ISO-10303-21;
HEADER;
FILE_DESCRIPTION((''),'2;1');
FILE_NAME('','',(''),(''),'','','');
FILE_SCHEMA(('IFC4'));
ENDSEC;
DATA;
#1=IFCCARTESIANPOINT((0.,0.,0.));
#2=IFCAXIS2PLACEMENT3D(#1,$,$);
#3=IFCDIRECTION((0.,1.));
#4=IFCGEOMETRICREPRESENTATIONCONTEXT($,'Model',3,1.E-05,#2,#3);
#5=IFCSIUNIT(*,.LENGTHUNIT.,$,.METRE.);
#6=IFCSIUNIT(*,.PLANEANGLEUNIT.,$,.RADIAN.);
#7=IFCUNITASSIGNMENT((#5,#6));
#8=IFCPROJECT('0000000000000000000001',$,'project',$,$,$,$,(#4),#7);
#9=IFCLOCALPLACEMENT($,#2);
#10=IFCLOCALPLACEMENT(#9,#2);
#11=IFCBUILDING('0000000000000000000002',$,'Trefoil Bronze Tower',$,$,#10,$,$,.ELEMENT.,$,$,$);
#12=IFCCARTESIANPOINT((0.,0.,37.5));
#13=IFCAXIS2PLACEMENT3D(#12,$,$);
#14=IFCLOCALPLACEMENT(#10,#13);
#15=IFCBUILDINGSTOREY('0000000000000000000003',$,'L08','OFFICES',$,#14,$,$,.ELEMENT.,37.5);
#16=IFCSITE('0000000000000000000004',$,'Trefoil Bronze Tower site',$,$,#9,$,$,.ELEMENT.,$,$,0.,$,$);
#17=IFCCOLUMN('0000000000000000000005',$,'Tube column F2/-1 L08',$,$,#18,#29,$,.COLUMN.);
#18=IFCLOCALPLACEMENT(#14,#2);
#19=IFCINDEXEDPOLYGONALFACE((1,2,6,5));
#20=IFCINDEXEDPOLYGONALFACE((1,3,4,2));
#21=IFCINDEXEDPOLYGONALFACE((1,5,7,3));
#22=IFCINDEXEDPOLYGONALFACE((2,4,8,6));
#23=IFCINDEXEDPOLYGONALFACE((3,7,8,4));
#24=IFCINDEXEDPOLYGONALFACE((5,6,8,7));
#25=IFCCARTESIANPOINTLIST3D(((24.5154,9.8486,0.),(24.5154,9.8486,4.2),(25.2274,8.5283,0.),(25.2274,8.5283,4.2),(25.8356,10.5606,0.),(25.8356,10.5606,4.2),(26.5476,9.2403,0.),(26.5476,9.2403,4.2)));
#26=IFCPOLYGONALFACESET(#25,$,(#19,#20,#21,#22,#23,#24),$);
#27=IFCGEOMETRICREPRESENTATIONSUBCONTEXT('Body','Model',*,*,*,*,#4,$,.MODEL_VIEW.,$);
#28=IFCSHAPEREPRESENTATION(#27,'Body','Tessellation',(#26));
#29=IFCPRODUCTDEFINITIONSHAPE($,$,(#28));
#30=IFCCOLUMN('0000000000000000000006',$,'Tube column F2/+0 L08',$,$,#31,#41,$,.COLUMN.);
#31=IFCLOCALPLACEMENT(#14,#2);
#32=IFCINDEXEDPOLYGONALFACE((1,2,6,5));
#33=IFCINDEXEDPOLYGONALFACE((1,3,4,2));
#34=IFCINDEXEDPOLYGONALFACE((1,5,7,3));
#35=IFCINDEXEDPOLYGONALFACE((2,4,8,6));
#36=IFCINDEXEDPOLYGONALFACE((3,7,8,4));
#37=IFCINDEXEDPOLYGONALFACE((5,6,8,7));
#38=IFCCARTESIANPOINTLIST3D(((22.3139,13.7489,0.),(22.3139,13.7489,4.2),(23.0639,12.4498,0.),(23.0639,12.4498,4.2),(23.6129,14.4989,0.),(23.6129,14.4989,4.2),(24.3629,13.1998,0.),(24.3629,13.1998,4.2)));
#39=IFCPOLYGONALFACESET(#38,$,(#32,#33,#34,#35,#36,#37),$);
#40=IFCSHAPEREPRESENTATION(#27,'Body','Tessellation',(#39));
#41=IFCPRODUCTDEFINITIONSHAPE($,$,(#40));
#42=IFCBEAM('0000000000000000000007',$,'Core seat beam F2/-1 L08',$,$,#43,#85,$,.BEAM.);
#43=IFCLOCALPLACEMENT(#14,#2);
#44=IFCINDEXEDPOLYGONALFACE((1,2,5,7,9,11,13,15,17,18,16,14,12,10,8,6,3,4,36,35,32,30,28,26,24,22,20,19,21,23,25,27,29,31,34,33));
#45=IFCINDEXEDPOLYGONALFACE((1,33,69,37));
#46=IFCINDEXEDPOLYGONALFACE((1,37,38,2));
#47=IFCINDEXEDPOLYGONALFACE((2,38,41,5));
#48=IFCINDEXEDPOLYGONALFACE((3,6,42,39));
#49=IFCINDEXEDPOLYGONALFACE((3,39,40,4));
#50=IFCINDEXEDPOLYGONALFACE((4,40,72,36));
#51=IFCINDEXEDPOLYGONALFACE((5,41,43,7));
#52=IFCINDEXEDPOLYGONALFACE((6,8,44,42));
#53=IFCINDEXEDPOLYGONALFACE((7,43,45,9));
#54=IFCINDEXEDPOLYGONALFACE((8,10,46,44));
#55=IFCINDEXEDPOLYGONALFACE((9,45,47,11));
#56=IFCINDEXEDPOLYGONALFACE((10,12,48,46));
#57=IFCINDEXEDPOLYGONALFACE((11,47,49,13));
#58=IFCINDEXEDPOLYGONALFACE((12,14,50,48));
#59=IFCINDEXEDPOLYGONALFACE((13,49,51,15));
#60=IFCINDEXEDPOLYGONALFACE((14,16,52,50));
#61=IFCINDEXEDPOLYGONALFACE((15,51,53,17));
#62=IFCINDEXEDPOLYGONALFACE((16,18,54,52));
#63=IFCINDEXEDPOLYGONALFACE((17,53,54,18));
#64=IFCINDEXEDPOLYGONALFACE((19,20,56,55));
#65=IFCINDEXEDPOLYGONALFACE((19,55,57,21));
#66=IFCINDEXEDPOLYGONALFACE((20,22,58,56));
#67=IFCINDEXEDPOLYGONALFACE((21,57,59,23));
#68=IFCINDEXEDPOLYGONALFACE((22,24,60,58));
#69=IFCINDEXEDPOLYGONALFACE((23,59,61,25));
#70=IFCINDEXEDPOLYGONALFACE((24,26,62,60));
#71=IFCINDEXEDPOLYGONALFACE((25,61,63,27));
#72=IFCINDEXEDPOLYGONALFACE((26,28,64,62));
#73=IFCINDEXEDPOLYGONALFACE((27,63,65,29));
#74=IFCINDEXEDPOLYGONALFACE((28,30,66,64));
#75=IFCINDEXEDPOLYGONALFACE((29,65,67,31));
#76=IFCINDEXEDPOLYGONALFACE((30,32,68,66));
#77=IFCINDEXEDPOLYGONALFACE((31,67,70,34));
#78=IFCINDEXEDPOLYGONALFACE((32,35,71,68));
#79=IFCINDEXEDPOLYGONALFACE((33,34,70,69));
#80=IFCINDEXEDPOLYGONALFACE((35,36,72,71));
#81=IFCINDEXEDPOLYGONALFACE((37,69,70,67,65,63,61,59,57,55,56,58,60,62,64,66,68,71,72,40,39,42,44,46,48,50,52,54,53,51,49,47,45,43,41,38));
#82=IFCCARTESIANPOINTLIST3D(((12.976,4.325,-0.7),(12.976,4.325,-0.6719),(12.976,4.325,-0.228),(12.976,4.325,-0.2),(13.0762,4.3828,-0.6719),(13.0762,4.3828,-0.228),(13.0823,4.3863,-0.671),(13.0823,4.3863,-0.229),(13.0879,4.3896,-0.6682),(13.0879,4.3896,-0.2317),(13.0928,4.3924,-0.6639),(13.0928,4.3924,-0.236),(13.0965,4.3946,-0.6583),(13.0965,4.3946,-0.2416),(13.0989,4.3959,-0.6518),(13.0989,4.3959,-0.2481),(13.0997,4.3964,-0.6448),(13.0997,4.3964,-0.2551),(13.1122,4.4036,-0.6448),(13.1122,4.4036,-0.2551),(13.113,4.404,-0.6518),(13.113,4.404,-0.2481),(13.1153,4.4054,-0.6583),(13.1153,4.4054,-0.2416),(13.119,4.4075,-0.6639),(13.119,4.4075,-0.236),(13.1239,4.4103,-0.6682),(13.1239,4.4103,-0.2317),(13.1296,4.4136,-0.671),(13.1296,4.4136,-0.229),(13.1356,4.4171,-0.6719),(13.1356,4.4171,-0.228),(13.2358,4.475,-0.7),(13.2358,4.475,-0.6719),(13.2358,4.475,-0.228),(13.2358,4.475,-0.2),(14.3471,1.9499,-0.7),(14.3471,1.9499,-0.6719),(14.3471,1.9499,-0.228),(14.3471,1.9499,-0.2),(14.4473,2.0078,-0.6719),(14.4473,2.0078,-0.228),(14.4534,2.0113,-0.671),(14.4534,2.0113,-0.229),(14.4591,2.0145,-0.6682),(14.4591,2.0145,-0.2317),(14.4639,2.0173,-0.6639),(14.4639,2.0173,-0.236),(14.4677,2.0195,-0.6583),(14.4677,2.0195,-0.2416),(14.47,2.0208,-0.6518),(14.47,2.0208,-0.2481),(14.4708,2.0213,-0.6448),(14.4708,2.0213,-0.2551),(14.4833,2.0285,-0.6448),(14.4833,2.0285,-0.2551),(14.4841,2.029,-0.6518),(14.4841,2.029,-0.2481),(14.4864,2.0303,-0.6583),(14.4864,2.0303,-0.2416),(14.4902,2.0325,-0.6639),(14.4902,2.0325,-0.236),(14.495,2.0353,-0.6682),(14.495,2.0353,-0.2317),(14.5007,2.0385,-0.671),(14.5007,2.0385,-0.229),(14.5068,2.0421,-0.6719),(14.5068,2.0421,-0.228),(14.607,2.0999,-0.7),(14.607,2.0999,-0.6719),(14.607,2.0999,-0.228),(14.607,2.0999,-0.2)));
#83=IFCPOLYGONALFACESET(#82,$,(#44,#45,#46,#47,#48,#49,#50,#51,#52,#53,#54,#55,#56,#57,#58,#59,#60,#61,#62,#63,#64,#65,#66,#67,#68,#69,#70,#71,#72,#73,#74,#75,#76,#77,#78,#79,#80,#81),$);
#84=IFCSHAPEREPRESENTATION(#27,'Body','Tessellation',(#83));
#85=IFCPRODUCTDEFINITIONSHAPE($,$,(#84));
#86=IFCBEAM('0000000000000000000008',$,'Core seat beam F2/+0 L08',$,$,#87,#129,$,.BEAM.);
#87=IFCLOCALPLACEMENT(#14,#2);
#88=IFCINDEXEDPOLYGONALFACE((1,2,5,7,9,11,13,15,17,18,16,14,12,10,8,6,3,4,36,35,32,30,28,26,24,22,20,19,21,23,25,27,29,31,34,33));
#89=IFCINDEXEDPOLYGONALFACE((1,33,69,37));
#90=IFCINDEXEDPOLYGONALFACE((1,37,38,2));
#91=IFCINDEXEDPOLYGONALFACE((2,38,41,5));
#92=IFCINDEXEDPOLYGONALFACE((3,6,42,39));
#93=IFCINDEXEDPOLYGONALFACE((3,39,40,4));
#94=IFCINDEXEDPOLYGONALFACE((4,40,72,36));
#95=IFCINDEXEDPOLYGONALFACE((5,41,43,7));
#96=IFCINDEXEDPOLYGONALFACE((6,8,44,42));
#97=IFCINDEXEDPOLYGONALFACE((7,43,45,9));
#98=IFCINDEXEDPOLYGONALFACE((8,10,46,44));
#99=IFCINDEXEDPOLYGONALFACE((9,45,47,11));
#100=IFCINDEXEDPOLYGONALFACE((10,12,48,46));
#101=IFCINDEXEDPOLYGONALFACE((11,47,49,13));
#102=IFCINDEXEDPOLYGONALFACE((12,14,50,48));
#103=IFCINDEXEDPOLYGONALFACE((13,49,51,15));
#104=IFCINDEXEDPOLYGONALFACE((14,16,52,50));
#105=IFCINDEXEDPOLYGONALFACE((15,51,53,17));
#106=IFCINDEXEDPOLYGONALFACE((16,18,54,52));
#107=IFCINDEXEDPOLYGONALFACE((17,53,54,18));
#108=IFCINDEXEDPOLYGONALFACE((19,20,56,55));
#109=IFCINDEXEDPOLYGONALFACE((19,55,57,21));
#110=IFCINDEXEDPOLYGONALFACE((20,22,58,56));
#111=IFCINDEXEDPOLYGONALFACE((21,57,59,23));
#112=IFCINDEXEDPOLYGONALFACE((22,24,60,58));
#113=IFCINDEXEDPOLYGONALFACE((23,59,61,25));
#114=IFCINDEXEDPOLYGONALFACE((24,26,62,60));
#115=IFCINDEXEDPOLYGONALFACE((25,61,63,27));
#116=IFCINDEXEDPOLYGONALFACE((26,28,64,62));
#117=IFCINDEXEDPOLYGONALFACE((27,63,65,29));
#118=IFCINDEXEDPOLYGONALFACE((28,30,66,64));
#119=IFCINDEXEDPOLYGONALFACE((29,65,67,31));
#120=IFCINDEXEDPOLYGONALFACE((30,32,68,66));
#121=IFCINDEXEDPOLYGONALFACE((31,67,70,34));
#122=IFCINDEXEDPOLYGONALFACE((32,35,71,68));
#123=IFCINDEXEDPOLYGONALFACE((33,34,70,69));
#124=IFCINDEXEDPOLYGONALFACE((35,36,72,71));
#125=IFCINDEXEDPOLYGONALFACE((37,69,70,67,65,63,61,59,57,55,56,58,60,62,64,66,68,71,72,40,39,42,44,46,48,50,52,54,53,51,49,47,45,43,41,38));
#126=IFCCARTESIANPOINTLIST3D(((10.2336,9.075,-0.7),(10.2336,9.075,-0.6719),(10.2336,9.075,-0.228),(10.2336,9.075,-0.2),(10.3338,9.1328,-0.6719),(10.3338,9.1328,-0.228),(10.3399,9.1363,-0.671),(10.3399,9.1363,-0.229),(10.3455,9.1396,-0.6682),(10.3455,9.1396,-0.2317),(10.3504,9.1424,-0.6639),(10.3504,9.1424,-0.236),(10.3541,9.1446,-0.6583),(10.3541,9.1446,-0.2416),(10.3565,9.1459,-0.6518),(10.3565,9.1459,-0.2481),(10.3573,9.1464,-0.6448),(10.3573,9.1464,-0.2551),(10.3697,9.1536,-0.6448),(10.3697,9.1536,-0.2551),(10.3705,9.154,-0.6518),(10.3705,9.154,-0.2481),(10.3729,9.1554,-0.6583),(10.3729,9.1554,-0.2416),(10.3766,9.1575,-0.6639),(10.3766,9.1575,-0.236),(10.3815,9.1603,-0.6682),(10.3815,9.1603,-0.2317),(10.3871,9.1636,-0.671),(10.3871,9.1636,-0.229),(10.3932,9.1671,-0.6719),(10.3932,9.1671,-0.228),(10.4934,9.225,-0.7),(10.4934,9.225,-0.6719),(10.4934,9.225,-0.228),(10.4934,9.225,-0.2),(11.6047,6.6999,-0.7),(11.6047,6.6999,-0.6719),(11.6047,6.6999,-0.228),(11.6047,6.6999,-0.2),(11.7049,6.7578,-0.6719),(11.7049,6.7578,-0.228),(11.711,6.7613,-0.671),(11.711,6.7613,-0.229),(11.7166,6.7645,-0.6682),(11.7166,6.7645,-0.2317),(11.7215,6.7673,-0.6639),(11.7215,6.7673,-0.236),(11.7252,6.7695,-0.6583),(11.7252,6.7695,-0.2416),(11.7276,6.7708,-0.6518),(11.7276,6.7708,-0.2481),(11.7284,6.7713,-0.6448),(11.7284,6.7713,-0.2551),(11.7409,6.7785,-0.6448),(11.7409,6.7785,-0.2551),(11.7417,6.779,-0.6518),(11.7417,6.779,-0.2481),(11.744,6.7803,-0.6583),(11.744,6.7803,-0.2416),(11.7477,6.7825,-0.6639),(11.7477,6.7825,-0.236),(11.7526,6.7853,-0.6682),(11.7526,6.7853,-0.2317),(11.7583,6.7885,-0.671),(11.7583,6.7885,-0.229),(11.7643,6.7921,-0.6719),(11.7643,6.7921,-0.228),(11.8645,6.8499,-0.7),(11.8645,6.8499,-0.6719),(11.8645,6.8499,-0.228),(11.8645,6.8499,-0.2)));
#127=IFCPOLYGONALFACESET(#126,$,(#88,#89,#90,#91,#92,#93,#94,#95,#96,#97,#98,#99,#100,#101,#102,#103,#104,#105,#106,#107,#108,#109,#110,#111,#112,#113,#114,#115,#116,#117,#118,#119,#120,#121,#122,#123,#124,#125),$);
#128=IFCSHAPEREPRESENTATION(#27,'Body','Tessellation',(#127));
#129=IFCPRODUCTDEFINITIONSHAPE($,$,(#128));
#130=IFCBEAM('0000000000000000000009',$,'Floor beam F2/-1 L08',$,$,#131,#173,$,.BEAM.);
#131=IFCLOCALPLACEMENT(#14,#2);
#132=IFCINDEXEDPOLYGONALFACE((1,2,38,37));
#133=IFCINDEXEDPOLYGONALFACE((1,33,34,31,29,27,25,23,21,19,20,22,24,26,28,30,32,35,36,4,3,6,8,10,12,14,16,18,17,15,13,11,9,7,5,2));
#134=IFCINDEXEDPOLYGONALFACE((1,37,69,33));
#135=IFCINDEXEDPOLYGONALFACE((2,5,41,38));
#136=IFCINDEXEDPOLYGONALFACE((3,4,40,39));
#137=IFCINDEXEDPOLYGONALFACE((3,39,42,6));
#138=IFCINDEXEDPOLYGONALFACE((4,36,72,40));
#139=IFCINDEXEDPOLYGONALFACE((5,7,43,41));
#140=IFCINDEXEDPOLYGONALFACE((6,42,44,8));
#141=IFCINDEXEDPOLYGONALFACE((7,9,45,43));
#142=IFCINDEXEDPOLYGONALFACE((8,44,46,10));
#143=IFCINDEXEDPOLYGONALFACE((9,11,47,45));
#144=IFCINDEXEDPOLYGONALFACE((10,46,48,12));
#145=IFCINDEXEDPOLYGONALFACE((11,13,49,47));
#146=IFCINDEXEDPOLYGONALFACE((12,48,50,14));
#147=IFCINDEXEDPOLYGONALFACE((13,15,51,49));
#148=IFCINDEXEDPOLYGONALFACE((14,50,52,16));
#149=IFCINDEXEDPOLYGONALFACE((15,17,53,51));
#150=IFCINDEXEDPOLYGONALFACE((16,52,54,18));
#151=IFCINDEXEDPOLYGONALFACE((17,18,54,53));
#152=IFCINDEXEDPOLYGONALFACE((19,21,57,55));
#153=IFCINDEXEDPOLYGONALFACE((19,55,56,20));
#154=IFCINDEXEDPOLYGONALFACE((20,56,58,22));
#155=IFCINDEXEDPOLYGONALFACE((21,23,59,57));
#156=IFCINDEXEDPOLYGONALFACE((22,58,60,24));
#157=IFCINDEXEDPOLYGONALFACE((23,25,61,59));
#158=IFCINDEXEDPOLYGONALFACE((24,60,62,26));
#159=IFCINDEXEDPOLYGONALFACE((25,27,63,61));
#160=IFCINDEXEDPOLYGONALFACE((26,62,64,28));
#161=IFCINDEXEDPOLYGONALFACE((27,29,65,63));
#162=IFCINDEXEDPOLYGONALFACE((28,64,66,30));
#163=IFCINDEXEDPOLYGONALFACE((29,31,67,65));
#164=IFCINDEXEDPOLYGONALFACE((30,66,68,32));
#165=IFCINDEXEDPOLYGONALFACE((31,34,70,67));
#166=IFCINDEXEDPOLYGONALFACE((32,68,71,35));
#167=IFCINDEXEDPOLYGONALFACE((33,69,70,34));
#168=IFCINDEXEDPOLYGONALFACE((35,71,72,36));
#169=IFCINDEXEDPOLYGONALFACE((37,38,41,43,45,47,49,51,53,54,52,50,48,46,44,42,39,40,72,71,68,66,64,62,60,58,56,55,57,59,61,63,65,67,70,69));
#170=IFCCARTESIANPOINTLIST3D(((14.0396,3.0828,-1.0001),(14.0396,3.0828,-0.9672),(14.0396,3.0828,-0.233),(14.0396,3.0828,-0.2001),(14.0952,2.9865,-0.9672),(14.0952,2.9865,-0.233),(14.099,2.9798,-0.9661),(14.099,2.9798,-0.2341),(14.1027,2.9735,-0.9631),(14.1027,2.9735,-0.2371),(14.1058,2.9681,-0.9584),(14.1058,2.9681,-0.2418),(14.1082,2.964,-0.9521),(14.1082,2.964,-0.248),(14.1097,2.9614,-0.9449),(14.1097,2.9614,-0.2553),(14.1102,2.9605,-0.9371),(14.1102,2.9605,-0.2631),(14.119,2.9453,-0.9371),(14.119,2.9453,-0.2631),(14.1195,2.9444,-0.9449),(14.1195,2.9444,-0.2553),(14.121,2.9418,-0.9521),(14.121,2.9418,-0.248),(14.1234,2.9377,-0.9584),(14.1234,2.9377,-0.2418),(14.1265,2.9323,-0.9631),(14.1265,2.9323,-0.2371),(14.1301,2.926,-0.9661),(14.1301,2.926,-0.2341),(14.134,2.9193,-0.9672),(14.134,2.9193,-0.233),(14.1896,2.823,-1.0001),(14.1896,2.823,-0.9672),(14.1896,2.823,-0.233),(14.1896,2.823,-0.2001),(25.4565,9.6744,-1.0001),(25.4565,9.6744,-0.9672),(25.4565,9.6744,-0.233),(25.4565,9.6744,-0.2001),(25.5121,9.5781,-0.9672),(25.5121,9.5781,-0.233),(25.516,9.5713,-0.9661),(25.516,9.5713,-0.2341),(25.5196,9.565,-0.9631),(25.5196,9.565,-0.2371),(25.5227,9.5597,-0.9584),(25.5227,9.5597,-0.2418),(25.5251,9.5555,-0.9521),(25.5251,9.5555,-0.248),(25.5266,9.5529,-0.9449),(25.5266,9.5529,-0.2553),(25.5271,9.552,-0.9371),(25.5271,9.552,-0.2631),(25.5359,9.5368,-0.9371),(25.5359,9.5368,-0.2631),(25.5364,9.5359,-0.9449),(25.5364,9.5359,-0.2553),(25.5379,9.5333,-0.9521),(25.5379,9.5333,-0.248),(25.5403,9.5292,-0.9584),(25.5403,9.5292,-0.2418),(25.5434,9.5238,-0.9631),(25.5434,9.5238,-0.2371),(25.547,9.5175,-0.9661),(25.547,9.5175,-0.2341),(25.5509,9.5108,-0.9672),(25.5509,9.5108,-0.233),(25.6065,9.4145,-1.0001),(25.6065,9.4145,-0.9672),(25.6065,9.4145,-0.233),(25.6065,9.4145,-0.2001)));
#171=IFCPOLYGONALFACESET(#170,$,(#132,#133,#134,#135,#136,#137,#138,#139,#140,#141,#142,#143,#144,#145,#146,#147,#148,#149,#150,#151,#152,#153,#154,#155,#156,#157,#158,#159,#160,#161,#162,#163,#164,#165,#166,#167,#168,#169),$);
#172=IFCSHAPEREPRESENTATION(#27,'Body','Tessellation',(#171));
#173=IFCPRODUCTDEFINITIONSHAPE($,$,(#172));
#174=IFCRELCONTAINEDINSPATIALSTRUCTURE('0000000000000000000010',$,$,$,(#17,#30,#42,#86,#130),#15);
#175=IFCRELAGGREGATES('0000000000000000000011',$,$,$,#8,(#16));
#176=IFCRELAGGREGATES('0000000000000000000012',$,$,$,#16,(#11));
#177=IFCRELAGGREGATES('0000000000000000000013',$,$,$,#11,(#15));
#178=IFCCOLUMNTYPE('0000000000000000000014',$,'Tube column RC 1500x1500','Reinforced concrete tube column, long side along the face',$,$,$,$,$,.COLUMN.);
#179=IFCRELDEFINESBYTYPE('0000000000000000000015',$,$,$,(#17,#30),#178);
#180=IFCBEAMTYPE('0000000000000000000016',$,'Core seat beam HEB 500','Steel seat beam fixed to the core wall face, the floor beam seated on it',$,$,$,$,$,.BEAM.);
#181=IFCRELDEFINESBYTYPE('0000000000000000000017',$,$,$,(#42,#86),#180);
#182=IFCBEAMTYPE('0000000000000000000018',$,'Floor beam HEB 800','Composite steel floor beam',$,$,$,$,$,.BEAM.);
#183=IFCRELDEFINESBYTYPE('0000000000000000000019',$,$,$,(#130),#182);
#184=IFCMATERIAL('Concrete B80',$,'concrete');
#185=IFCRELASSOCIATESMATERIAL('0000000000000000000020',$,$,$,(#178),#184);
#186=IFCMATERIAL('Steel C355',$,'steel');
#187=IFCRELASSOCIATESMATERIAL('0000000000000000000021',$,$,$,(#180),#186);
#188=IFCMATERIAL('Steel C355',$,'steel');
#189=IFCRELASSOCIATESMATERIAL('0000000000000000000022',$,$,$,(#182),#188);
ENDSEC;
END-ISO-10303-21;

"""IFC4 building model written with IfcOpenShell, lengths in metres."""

from ifc_helpers import new_model, si_unit, direction, frame, origin, origin_2d, place, context, subcontext, project, spatial, rectangle, i_section, extrude, material, material_profile, profile_set, type_object, element, save


model = new_model("IFC4")

# Units and contexts
model_context = context("Model", 3, precision=1e-05, world=origin(), true_north=direction((0.0, 1.0)))
body_context = subcontext(model_context, "Body", "Model", "MODEL_VIEW")
ifc_project = project(units=[si_unit("LENGTHUNIT", "METRE"), si_unit("PLANEANGLEUNIT", "RADIAN")], contexts=[model_context])

# Site, building, storey
site_placement = place(None, origin())
site = spatial("IfcSite", under=ifc_project, at=site_placement, Name="Trefoil Bronze Tower site", CompositionType="ELEMENT", RefElevation=0.0)
building_placement = place(site_placement, origin())
building = spatial("IfcBuilding", under=site, at=building_placement, Name="Trefoil Bronze Tower", CompositionType="ELEMENT")
storey_placement = place(building_placement, frame((0.0, 0.0, 37.5)))
storey = spatial("IfcBuildingStorey", under=building, at=storey_placement, Name="L08", Description="OFFICES", CompositionType="ELEMENT", Elevation=37.5)

# Columns
ifc_material_1 = material(Name="Concrete B80", Category="concrete")
ifc_material_profile_1 = material_profile(ifc_material_1, rectangle(XDim=1.5, YDim=1.5, at=origin_2d()), Name="RC 1500x1500")
ifc_profile_set_1 = profile_set([ifc_material_profile_1], Name="Concrete B80")
column_type = type_object("IfcColumnType", Name="Tube column RC 1500x1500", Description="Reinforced concrete tube column, long side along the face", PredefinedType="COLUMN", material=ifc_profile_set_1)
for number, where, z_axis, x_axis, name in (
    (1, (25.5315, 9.5444, 0.0), (0.0, 0.0, 1.0), (-0.474656, 0.880171, 0.0), "Tube column F2/-1 L08"),
    (2, (23.3384, 13.4744, 0.0), (0.0, 0.0, 1.0), (-0.5, 0.866025, 0.0), "Tube column F2/+0 L08"),
):
    element("IfcColumn", number, at=place(storey_placement, frame(where, z_axis=z_axis, x_axis=x_axis)), inside=storey, type_object=column_type, Name=name, PredefinedType="COLUMN", context=body_context, shape_type="SweptSolid", body=[
        extrude(rectangle(XDim=1.5, YDim=1.5, at=origin_2d()), origin(), (0.0, 0.0, 1.0), 4.2),
    ])

# Beams
ifc_material_2 = material(Name="Steel C355", Category="steel")
ifc_material_profile_2 = material_profile(ifc_material_2, i_section(OverallWidth=0.3, OverallDepth=0.5, WebThickness=0.0144, FlangeThickness=0.0281, FilletRadius=0.0271, at=origin_2d()), Name="HEB 500")
ifc_profile_set_2 = profile_set([ifc_material_profile_2], Name="Steel C355")
beam_type_1 = type_object("IfcBeamType", Name="Core seat beam HEB 500", Description="Steel seat beam fixed to the core wall face, the floor beam seated on it", PredefinedType="BEAM", material=ifc_profile_set_2)
for number, where, z_axis, x_axis, name in (
    (3, (14.4771, 2.0249, -0.45), (-0.499969, 0.866043, 0.0), (-0.866043, -0.499969, 0.0), "Core seat beam F2/-1 L08"),
    (4, (11.7346, 6.7749, -0.45), (-0.499969, 0.866043, 0.0), (-0.866043, -0.499969, 0.0), "Core seat beam F2/+0 L08"),
):
    element("IfcBeam", number, at=place(storey_placement, frame(where, z_axis=z_axis, x_axis=x_axis)), inside=storey, type_object=beam_type_1, Name=name, PredefinedType="BEAM", context=body_context, shape_type="SweptSolid", body=[
        extrude(i_section(OverallWidth=0.3, OverallDepth=0.5, WebThickness=0.0144, FlangeThickness=0.0281, FilletRadius=0.0271, at=origin_2d()), origin(), (0.0, 0.0, 1.0), 2.7424),
    ])
ifc_material_3 = material(Name="Steel C355", Category="steel")
ifc_material_profile_3 = material_profile(ifc_material_3, i_section(OverallWidth=0.3, OverallDepth=0.8, WebThickness=0.0176, FlangeThickness=0.033, FilletRadius=0.03, at=origin_2d()), Name="HEB 800")
ifc_profile_set_3 = profile_set([ifc_material_profile_3], Name="Steel C355")
beam_type_2 = type_object("IfcBeamType", Name="Floor beam HEB 800", Description="Composite steel floor beam", PredefinedType="BEAM", material=ifc_profile_set_3)
beam_1_placement = place(storey_placement, frame((25.5315, 9.5444, -0.6001), z_axis=(-0.866027, -0.499997, 0.0), x_axis=(0.499997, -0.866027, 0.0)))
element("IfcBeam", 5, at=beam_1_placement, inside=storey, type_object=beam_type_2, Name="Floor beam F2/-1 L08", PredefinedType="BEAM", context=body_context, shape_type="SweptSolid", body=[
    extrude(i_section(OverallWidth=0.3, OverallDepth=0.8, WebThickness=0.0176, FlangeThickness=0.033, FilletRadius=0.03, at=origin_2d()), origin(), (0.0, 0.0, 1.0), 13.1831),
])

save(model, "model.ifc")
